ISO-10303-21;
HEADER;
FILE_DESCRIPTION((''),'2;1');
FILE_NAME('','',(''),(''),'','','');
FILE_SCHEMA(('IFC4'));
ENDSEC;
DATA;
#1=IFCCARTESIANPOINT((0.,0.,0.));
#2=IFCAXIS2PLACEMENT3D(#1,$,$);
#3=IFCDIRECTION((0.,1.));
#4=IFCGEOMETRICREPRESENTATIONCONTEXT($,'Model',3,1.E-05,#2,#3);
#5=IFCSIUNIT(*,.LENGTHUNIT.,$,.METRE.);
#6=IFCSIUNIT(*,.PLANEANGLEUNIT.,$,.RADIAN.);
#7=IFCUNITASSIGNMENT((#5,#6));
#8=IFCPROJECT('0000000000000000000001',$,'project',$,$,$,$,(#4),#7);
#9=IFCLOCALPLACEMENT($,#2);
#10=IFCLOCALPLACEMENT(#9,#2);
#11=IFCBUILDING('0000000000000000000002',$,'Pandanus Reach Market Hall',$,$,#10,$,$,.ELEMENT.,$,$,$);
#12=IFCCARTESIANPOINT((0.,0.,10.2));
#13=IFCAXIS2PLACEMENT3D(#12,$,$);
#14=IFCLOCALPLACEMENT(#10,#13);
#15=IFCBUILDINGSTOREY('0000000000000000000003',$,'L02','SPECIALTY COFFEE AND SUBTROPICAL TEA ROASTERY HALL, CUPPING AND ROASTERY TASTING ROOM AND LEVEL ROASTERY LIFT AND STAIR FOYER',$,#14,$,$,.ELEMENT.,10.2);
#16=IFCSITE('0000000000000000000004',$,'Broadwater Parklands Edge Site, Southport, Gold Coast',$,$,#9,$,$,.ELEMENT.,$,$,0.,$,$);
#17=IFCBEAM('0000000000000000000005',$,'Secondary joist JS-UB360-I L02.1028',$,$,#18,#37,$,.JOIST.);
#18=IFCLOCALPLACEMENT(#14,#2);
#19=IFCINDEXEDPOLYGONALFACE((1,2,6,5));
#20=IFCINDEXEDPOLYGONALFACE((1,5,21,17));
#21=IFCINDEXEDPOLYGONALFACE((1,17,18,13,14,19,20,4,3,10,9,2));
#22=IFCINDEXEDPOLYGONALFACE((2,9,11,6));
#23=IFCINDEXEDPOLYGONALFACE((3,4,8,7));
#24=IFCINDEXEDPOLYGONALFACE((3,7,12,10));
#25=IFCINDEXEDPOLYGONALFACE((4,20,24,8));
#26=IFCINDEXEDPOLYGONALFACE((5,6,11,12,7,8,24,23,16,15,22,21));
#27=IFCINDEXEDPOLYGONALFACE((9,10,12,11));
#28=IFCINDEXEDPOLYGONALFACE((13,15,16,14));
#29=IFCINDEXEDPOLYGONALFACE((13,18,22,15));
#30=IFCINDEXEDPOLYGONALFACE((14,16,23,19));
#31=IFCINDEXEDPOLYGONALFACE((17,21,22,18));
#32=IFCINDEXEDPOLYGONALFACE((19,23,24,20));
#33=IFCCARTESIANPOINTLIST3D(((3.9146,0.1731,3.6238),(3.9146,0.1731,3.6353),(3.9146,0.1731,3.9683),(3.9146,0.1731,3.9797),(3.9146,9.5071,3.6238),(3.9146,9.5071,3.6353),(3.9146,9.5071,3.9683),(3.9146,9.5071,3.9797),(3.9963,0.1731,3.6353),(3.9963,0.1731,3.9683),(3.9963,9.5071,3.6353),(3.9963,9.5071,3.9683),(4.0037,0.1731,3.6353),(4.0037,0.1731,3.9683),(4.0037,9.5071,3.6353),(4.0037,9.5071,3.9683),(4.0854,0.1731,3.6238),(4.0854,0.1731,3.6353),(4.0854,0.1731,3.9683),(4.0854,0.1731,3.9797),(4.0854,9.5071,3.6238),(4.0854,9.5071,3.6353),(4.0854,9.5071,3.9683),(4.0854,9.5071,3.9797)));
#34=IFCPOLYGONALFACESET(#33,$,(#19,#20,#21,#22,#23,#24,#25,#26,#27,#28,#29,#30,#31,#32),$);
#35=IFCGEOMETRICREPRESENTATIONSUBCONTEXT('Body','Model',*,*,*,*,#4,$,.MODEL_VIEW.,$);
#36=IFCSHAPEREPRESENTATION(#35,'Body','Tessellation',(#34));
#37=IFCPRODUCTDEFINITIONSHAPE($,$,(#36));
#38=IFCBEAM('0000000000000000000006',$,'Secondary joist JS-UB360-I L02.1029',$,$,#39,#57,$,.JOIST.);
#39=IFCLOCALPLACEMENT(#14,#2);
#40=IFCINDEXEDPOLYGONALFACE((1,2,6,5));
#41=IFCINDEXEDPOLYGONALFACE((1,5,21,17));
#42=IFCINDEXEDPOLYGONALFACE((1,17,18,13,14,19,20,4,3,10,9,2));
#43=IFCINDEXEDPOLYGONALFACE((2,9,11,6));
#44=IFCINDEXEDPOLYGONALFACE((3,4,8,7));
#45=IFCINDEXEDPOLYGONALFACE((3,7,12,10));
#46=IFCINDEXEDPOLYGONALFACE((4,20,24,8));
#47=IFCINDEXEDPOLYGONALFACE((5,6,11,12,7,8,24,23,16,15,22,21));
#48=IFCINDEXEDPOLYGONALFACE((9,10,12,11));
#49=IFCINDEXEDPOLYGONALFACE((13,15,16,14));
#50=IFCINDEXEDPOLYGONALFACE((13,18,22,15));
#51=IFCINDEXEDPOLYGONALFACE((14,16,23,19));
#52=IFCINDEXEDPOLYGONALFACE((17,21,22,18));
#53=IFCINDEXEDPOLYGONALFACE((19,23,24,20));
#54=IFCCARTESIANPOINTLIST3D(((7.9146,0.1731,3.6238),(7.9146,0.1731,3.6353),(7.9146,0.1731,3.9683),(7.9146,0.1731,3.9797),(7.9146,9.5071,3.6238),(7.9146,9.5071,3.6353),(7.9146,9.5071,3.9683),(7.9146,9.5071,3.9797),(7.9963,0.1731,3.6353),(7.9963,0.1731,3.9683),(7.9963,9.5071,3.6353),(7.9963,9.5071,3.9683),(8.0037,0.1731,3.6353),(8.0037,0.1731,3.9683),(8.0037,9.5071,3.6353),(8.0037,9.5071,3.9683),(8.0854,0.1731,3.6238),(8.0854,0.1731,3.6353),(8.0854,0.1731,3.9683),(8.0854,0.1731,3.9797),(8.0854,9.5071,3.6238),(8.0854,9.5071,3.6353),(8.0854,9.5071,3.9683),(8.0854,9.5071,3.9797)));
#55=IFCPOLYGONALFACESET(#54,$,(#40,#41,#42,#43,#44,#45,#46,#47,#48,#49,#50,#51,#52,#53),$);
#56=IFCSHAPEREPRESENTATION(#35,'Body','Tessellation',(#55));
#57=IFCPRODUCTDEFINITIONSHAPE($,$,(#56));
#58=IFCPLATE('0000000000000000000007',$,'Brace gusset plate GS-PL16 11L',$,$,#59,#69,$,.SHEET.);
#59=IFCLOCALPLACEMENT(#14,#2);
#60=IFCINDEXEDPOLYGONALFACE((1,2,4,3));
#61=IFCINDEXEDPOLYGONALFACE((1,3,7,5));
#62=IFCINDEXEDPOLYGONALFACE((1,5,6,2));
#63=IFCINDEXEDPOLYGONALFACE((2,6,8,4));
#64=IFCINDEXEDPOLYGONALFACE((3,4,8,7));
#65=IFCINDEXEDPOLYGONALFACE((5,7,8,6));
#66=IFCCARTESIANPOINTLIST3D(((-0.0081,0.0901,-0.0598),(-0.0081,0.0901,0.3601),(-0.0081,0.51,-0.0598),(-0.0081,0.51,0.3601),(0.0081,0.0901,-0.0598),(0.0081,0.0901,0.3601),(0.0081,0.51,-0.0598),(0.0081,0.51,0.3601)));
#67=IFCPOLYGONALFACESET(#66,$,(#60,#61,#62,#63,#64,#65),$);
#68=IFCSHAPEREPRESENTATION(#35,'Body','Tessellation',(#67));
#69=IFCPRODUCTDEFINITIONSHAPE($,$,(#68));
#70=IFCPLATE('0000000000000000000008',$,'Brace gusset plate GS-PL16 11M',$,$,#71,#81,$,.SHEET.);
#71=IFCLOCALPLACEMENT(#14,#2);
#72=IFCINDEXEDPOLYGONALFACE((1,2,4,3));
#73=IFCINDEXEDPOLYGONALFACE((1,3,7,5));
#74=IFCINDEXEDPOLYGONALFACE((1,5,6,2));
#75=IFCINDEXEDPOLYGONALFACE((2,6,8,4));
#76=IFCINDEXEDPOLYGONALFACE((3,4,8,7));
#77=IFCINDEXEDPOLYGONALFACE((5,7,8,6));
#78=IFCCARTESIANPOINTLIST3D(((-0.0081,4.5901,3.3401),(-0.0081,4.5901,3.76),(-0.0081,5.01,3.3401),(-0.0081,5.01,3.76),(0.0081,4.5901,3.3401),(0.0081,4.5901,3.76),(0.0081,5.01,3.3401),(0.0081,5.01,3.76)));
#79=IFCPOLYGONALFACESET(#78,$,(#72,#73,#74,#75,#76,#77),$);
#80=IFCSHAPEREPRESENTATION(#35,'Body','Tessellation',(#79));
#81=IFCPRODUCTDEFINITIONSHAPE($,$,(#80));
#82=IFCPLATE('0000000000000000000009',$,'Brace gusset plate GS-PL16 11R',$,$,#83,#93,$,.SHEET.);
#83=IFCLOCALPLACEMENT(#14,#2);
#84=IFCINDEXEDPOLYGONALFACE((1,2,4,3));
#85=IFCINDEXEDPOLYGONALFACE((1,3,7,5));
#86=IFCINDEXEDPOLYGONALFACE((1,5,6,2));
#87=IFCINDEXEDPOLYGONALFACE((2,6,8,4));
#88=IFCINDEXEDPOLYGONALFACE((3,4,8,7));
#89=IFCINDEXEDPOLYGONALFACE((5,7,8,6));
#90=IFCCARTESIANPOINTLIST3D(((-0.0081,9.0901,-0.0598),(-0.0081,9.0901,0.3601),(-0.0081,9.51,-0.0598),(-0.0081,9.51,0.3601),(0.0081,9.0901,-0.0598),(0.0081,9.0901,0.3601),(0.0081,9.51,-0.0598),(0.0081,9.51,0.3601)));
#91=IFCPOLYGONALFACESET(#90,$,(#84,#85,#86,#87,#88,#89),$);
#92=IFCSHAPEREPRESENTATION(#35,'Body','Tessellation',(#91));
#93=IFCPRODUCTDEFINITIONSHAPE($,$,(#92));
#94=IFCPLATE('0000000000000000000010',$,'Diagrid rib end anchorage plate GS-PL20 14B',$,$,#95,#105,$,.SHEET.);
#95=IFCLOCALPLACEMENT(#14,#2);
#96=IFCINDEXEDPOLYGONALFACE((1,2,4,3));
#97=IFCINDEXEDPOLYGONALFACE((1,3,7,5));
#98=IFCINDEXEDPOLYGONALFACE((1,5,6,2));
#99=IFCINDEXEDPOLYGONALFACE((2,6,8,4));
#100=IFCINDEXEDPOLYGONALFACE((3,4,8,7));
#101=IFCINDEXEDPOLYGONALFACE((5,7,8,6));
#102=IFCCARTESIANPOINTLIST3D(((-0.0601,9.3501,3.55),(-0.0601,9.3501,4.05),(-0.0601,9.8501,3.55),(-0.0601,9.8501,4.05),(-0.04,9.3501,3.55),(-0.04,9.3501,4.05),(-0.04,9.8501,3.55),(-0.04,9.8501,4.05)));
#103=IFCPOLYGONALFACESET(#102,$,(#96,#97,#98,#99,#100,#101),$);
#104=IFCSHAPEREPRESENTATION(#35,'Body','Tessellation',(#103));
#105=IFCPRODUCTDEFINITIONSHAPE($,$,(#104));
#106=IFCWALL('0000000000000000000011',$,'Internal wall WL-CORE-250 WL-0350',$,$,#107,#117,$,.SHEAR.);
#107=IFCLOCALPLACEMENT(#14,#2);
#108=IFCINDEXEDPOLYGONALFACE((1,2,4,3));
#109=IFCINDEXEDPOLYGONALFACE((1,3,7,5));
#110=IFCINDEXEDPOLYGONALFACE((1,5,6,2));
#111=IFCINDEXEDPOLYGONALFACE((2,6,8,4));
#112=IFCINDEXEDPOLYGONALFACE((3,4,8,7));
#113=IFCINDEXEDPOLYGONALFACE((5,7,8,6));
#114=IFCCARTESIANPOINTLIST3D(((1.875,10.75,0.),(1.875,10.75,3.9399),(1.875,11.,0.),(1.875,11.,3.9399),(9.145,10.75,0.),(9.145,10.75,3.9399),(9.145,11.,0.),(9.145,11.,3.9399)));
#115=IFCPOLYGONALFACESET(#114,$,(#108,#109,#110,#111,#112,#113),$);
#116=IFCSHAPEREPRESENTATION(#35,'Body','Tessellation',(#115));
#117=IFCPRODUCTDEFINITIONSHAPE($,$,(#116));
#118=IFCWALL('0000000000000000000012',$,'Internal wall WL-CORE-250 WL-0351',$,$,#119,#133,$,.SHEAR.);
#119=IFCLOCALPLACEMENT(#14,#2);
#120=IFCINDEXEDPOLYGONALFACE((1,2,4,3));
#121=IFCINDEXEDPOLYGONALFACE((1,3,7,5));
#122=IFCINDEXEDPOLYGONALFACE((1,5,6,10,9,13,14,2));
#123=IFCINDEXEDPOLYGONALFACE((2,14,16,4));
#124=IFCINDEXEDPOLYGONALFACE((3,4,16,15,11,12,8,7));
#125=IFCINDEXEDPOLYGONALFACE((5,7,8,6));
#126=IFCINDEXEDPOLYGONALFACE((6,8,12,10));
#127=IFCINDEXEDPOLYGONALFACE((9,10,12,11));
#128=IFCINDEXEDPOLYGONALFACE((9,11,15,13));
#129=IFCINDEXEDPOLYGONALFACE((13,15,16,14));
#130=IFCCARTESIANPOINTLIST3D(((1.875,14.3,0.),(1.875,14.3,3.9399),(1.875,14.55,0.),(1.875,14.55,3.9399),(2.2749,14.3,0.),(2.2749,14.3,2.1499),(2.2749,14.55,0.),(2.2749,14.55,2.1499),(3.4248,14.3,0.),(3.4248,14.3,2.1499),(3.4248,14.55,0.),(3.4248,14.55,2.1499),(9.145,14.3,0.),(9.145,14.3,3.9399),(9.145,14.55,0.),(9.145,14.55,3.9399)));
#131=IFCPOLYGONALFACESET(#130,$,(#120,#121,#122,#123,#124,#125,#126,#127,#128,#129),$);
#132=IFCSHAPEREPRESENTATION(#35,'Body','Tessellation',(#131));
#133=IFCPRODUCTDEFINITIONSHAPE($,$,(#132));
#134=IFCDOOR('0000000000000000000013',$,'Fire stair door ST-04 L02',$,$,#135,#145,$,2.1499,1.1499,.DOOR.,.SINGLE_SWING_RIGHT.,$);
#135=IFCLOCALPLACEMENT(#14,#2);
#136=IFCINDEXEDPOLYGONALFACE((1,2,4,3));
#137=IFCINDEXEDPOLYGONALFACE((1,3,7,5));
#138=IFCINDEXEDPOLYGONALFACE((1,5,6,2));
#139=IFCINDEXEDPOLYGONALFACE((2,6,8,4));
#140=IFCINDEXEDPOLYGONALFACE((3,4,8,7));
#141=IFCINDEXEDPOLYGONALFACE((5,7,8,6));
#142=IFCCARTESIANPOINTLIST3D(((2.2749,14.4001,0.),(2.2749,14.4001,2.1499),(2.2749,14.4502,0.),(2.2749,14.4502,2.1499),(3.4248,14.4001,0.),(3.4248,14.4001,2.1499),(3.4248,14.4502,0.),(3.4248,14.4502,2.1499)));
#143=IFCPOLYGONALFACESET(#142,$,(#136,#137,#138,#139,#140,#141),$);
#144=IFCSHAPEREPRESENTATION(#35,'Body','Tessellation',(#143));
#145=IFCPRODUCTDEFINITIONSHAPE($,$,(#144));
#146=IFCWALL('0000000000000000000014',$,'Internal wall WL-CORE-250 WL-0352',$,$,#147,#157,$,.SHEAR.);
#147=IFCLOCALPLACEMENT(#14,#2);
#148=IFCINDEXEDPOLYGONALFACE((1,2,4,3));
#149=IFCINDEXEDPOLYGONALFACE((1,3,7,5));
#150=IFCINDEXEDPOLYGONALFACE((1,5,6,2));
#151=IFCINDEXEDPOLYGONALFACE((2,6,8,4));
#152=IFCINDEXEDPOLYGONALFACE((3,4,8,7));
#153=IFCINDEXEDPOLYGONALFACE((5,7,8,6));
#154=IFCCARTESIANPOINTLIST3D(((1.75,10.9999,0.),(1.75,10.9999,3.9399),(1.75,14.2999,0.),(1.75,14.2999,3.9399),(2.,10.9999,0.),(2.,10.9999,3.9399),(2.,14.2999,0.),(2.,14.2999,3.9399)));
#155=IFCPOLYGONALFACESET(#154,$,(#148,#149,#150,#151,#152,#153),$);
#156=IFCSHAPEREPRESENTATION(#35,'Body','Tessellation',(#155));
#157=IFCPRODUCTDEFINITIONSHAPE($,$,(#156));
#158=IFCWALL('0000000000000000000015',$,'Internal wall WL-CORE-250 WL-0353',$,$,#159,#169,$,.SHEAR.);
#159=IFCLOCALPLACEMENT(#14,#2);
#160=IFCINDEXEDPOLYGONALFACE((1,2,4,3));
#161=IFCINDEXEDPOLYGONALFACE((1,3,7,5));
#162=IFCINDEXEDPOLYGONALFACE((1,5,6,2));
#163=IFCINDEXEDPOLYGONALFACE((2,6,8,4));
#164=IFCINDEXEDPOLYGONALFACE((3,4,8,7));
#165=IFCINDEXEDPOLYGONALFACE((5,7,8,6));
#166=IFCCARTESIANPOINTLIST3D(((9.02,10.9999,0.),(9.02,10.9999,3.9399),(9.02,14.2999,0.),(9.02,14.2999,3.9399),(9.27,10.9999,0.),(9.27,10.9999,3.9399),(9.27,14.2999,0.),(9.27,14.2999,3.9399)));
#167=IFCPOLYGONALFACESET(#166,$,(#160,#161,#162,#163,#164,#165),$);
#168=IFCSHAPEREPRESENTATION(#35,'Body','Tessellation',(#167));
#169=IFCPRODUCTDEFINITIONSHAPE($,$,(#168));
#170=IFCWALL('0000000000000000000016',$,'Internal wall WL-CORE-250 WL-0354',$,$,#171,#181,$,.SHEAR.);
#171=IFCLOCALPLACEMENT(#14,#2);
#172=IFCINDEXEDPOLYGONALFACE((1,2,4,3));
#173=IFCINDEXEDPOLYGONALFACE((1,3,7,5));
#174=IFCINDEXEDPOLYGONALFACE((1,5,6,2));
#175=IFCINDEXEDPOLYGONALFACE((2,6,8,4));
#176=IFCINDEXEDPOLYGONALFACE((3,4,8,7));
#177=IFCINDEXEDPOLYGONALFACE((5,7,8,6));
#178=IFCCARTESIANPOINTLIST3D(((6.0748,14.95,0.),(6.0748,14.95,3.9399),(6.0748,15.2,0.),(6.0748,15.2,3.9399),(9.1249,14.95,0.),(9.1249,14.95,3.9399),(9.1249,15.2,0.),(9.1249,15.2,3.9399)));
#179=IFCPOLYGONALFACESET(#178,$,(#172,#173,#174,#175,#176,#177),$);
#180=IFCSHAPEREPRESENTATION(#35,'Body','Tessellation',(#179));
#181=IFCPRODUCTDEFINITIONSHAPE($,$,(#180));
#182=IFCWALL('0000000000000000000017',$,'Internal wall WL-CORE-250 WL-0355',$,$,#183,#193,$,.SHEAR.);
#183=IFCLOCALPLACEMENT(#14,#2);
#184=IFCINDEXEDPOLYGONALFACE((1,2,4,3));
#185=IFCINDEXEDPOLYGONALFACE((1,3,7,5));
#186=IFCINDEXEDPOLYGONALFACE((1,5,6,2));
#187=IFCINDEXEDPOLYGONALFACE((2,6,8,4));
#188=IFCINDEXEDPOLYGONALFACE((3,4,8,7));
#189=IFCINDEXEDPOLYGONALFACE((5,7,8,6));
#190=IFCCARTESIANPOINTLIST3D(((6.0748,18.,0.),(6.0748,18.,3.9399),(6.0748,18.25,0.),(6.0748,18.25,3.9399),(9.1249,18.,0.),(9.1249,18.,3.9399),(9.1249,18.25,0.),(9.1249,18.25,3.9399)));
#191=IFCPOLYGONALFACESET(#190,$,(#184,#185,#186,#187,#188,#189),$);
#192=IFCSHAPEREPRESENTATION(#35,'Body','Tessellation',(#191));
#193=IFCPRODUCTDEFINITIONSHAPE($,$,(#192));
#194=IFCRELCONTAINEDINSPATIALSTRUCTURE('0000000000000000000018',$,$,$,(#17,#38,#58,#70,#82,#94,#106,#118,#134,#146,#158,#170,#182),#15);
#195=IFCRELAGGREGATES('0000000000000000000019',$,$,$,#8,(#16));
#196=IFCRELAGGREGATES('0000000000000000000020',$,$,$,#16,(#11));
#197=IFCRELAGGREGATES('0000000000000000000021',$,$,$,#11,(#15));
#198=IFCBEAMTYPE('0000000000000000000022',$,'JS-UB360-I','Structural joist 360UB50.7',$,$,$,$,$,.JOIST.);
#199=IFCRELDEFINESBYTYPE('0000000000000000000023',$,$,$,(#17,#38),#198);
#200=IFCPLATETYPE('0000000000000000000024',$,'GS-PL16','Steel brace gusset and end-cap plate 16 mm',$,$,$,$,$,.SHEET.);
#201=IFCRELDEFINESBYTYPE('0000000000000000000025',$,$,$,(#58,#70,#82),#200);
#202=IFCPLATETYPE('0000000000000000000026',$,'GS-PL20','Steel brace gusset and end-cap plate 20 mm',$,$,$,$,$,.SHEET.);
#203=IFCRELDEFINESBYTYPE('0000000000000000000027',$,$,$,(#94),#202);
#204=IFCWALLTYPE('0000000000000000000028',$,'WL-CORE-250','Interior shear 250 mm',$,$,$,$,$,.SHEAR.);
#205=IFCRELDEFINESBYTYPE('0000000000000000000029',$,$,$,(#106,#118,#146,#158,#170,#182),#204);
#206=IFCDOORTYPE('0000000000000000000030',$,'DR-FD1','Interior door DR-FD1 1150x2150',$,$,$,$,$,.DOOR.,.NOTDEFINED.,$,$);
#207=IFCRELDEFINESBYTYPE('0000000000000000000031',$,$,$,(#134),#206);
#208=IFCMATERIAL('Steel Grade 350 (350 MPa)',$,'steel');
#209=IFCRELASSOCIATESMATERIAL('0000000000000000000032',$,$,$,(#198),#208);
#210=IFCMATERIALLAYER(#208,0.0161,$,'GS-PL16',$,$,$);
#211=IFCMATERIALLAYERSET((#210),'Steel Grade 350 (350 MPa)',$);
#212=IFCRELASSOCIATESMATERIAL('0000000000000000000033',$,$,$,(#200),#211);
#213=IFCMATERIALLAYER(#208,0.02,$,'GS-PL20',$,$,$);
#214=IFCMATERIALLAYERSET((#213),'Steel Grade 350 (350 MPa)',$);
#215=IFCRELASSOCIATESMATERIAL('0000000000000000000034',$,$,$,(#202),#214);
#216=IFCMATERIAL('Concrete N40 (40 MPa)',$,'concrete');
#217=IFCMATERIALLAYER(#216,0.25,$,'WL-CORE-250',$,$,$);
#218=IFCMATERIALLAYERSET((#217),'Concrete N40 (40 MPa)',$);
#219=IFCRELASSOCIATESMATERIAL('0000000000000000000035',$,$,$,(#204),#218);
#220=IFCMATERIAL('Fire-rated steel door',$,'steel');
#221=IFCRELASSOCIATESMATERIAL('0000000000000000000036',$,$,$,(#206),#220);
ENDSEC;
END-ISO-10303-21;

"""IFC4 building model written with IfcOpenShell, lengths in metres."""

from ifc_helpers import new_model, si_unit, direction, frame, frame_2d, origin, origin_2d, place, context, subcontext, project, spatial, rectangle, i_section, extrude, material, layer, layer_set, material_profile, profile_set, type_object, element, fill, save


model = new_model("IFC4")

# Units and contexts
model_context = context("Model", 3, precision=1e-05, world=origin(), true_north=direction((0.0, 1.0)))
body_context = subcontext(model_context, "Body", "Model", "MODEL_VIEW")
ifc_project = project(units=[si_unit("LENGTHUNIT", "METRE"), si_unit("PLANEANGLEUNIT", "RADIAN")], contexts=[model_context])

# Site, building, storey
site_placement = place(None, origin())
site = spatial("IfcSite", under=ifc_project, at=site_placement, Name="Broadwater Parklands Edge Site, Southport, Gold Coast", CompositionType="ELEMENT", RefElevation=0.0)
building_placement = place(site_placement, origin())
building = spatial("IfcBuilding", under=site, at=building_placement, Name="Pandanus Reach Market Hall", CompositionType="ELEMENT")
storey_placement = place(building_placement, frame((0.0, 0.0, 10.2)))
storey = spatial("IfcBuildingStorey", under=building, at=storey_placement, Name="L02", Description="SPECIALTY COFFEE AND SUBTROPICAL TEA ROASTERY HALL, CUPPING AND ROASTERY TASTING ROOM AND LEVEL ROASTERY LIFT AND STAIR FOYER", CompositionType="ELEMENT", Elevation=10.2)

# Shared definitions
ifc_material_1 = material(Name="Concrete N40 (40 MPa)", Category="concrete")

# Shared definitions
ifc_material_2 = material(Name="Steel Grade 350 (350 MPa)", Category="steel")

# Beams
ifc_material_profile_1 = material_profile(ifc_material_2, i_section(OverallWidth=0.1709, OverallDepth=0.356, WebThickness=0.0073, FlangeThickness=0.0115, at=origin_2d()), Name="360UB50.7", Category="LoadBearing")
ifc_profile_set_1 = profile_set([ifc_material_profile_1], Name="Steel Grade 350 (350 MPa)")
beam_type_1 = type_object("IfcBeamType", Name="JS-UB360-I", Description="Structural joist 360UB50.7", PredefinedType="JOIST", material=ifc_profile_set_1)
for number, where, z_axis, x_axis, name in (
    (1, (4.0, 0.1731, 3.8018), (0.0, 1.0, 0.0), (-1.0, 0.0, 0.0), "Secondary joist JS-UB360-I L02.1028"),
    (2, (8.0, 0.1731, 3.8018), (0.0, 1.0, 0.0), (-1.0, 0.0, 0.0), "Secondary joist JS-UB360-I L02.1029"),
):
    element("IfcBeam", number, at=place(storey_placement, frame(where, z_axis=z_axis, x_axis=x_axis)), inside=storey, type_object=beam_type_1, Name=name, PredefinedType="JOIST", context=body_context, shape_type="SweptSolid", body=[
        extrude(i_section(OverallWidth=0.1709, OverallDepth=0.356, WebThickness=0.0073, FlangeThickness=0.0115, at=origin_2d()), origin(), (0.0, 0.0, 1.0), 9.334),
    ])

# Plates
ifc_layer_1 = layer(ifc_material_2, 0.0161, Name="GS-PL16")
ifc_layer_set_1 = layer_set([ifc_layer_1], Name="Steel Grade 350 (350 MPa)")
plate_type_1 = type_object("IfcPlateType", Name="GS-PL16", Description="Steel brace gusset and end-cap plate 16 mm", PredefinedType="SHEET", material=ifc_layer_set_1)
for number, where, z_axis, x_axis, name in (
    (3, (0.0, 0.3, -0.0598), (0.0, 0.0, 1.0), (0.0, 1.0, 0.0), "Brace gusset plate GS-PL16 11L"),
    (4, (0.0, 4.8, 3.3401), (0.0, 0.0, 1.0), (0.0, 1.0, 0.0), "Brace gusset plate GS-PL16 11M"),
    (5, (0.0, 9.3, -0.0598), (0.0, 0.0, 1.0), (0.0, 1.0, 0.0), "Brace gusset plate GS-PL16 11R"),
):
    element("IfcPlate", number, at=place(storey_placement, frame(where, z_axis=z_axis, x_axis=x_axis)), inside=storey, type_object=plate_type_1, Name=name, PredefinedType="SHEET", context=body_context, shape_type="SweptSolid", body=[
        extrude(rectangle(XDim=0.4199, YDim=0.0161, at=origin_2d()), origin(), (0.0, 0.0, 1.0), 0.4199),
    ])
ifc_layer_2 = layer(ifc_material_2, 0.02, Name="GS-PL20")
ifc_layer_set_2 = layer_set([ifc_layer_2], Name="Steel Grade 350 (350 MPa)")
plate_type_2 = type_object("IfcPlateType", Name="GS-PL20", Description="Steel brace gusset and end-cap plate 20 mm", PredefinedType="SHEET", material=ifc_layer_set_2)
plate_placement = place(storey_placement, frame((-0.05, 9.6001, 3.55), z_axis=(0.0, 0.0, 1.0), x_axis=(1.0, 0.0, 0.0)))
element("IfcPlate", 6, at=plate_placement, inside=storey, type_object=plate_type_2, Name="Diagrid rib end anchorage plate GS-PL20 14B", PredefinedType="SHEET", context=body_context, shape_type="SweptSolid", body=[
    extrude(rectangle(XDim=0.02, YDim=0.5, at=origin_2d()), origin(), (0.0, 0.0, 1.0), 0.5),
])

# Wall
ifc_layer_3 = layer(ifc_material_1, 0.25, Name="WL-CORE-250")
ifc_layer_set_3 = layer_set([ifc_layer_3], Name="Concrete N40 (40 MPa)")
wall_type_1 = type_object("IfcWallType", Name="WL-CORE-250", Description="Interior shear 250 mm", PredefinedType="SHEAR", material=ifc_layer_set_3)
wall_1_placement = place(storey_placement, frame((1.875, 10.875, 0.0), z_axis=(0.0, 0.0, 1.0), x_axis=(1.0, 0.0, 0.0)))
element("IfcWall", 7, at=wall_1_placement, inside=storey, type_object=wall_type_1, Name="Internal wall WL-CORE-250 WL-0350", PredefinedType="SHEAR", context=body_context, shape_type="SweptSolid", body=[
    extrude(rectangle(XDim=7.27, YDim=0.25, at=frame_2d((3.635, 0.0))), origin(), (0.0, 0.0, 1.0), 3.9399),
])

# Wall, opening, door
wall_2_placement = place(storey_placement, frame((1.875, 14.425, 0.0), z_axis=(0.0, 0.0, 1.0), x_axis=(1.0, 0.0, 0.0)))
wall_2 = element("IfcWall", 8, at=wall_2_placement, inside=storey, type_object=wall_type_1, Name="Internal wall WL-CORE-250 WL-0351", PredefinedType="SHEAR", context=body_context, shape_type="SweptSolid", body=[
    extrude(rectangle(XDim=7.27, YDim=0.25, at=frame_2d((3.635, 0.0))), origin(), (0.0, 0.0, 1.0), 3.9399),
])
opening_1_placement = place(wall_2_placement, frame((0.3999, 0.0, 0.0)))
opening_1 = element("IfcOpeningElement", 9, at=opening_1_placement, cuts=wall_2, PredefinedType="OPENING", context=body_context, shape_type="SweptSolid", body=[
    extrude(rectangle(XDim=1.1499, YDim=2.1499, at=frame_2d((0.575, 1.075))), frame((0.0, 0.1399, 0.0), z_axis=(0.0, -1.0, 0.0), x_axis=(1.0, 0.0, 0.0)), (0.0, 0.0, 1.0), 0.28),
])
ifc_material_3 = material(Name="Fire-rated steel door", Category="steel")
door_type_1 = type_object("IfcDoorType", Name="DR-FD1", Description="Interior door DR-FD1 1150x2150", OperationType="NOTDEFINED", PredefinedType="DOOR", material=ifc_material_3)
door_1_placement = place(opening_1_placement, frame((1.1499, 0.0, 0.0), z_axis=(0.0, 0.0, 1.0), x_axis=(-1.0, 0.0, 0.0)))
door_1 = element("IfcDoor", 10, at=door_1_placement, inside=storey, type_object=door_type_1, Name="Fire stair door ST-04 L02", OperationType="SINGLE_SWING_RIGHT", OverallHeight=2.1499, OverallWidth=1.1499, PredefinedType="DOOR", context=body_context, shape_type="SweptSolid", body=[
    extrude(rectangle(XDim=1.1499, YDim=2.1499, at=frame_2d((0.575, 1.075))), frame((0.0, 0.0249, 0.0), z_axis=(0.0, -1.0, 0.0), x_axis=(1.0, 0.0, 0.0)), (0.0, 0.0, 1.0), 0.05),
])
fill(opening_1, door_1)

# Walls
for number, where, z_axis, x_axis, name in (
    (11, (1.875, 11.0, 0.0), (0.0, 0.0, 1.0), (0.0, 1.0, 0.0), "Internal wall WL-CORE-250 WL-0352"),
    (12, (9.145, 11.0, 0.0), (0.0, 0.0, 1.0), (0.0, 1.0, 0.0), "Internal wall WL-CORE-250 WL-0353"),
):
    element("IfcWall", number, at=place(storey_placement, frame(where, z_axis=z_axis, x_axis=x_axis)), inside=storey, type_object=wall_type_1, Name=name, PredefinedType="SHEAR", context=body_context, shape_type="SweptSolid", body=[
        extrude(rectangle(XDim=3.3, YDim=0.25, at=frame_2d((1.6499, 0.0))), origin(), (0.0, 0.0, 1.0), 3.9399),
    ])
for number, where, z_axis, x_axis, name in (
    (13, (6.075, 15.075, 0.0), (0.0, 0.0, 1.0), (1.0, 0.0, 0.0), "Internal wall WL-CORE-250 WL-0354"),
    (14, (6.075, 18.125, 0.0), (0.0, 0.0, 1.0), (1.0, 0.0, 0.0), "Internal wall WL-CORE-250 WL-0355"),
):
    element("IfcWall", number, at=place(storey_placement, frame(where, z_axis=z_axis, x_axis=x_axis)), inside=storey, type_object=wall_type_1, Name=name, PredefinedType="SHEAR", context=body_context, shape_type="SweptSolid", body=[
        extrude(rectangle(XDim=3.05, YDim=0.25, at=frame_2d((1.5249, 0.0))), origin(), (0.0, 0.0, 1.0), 3.9399),
    ])

save(model, "model.ifc")
